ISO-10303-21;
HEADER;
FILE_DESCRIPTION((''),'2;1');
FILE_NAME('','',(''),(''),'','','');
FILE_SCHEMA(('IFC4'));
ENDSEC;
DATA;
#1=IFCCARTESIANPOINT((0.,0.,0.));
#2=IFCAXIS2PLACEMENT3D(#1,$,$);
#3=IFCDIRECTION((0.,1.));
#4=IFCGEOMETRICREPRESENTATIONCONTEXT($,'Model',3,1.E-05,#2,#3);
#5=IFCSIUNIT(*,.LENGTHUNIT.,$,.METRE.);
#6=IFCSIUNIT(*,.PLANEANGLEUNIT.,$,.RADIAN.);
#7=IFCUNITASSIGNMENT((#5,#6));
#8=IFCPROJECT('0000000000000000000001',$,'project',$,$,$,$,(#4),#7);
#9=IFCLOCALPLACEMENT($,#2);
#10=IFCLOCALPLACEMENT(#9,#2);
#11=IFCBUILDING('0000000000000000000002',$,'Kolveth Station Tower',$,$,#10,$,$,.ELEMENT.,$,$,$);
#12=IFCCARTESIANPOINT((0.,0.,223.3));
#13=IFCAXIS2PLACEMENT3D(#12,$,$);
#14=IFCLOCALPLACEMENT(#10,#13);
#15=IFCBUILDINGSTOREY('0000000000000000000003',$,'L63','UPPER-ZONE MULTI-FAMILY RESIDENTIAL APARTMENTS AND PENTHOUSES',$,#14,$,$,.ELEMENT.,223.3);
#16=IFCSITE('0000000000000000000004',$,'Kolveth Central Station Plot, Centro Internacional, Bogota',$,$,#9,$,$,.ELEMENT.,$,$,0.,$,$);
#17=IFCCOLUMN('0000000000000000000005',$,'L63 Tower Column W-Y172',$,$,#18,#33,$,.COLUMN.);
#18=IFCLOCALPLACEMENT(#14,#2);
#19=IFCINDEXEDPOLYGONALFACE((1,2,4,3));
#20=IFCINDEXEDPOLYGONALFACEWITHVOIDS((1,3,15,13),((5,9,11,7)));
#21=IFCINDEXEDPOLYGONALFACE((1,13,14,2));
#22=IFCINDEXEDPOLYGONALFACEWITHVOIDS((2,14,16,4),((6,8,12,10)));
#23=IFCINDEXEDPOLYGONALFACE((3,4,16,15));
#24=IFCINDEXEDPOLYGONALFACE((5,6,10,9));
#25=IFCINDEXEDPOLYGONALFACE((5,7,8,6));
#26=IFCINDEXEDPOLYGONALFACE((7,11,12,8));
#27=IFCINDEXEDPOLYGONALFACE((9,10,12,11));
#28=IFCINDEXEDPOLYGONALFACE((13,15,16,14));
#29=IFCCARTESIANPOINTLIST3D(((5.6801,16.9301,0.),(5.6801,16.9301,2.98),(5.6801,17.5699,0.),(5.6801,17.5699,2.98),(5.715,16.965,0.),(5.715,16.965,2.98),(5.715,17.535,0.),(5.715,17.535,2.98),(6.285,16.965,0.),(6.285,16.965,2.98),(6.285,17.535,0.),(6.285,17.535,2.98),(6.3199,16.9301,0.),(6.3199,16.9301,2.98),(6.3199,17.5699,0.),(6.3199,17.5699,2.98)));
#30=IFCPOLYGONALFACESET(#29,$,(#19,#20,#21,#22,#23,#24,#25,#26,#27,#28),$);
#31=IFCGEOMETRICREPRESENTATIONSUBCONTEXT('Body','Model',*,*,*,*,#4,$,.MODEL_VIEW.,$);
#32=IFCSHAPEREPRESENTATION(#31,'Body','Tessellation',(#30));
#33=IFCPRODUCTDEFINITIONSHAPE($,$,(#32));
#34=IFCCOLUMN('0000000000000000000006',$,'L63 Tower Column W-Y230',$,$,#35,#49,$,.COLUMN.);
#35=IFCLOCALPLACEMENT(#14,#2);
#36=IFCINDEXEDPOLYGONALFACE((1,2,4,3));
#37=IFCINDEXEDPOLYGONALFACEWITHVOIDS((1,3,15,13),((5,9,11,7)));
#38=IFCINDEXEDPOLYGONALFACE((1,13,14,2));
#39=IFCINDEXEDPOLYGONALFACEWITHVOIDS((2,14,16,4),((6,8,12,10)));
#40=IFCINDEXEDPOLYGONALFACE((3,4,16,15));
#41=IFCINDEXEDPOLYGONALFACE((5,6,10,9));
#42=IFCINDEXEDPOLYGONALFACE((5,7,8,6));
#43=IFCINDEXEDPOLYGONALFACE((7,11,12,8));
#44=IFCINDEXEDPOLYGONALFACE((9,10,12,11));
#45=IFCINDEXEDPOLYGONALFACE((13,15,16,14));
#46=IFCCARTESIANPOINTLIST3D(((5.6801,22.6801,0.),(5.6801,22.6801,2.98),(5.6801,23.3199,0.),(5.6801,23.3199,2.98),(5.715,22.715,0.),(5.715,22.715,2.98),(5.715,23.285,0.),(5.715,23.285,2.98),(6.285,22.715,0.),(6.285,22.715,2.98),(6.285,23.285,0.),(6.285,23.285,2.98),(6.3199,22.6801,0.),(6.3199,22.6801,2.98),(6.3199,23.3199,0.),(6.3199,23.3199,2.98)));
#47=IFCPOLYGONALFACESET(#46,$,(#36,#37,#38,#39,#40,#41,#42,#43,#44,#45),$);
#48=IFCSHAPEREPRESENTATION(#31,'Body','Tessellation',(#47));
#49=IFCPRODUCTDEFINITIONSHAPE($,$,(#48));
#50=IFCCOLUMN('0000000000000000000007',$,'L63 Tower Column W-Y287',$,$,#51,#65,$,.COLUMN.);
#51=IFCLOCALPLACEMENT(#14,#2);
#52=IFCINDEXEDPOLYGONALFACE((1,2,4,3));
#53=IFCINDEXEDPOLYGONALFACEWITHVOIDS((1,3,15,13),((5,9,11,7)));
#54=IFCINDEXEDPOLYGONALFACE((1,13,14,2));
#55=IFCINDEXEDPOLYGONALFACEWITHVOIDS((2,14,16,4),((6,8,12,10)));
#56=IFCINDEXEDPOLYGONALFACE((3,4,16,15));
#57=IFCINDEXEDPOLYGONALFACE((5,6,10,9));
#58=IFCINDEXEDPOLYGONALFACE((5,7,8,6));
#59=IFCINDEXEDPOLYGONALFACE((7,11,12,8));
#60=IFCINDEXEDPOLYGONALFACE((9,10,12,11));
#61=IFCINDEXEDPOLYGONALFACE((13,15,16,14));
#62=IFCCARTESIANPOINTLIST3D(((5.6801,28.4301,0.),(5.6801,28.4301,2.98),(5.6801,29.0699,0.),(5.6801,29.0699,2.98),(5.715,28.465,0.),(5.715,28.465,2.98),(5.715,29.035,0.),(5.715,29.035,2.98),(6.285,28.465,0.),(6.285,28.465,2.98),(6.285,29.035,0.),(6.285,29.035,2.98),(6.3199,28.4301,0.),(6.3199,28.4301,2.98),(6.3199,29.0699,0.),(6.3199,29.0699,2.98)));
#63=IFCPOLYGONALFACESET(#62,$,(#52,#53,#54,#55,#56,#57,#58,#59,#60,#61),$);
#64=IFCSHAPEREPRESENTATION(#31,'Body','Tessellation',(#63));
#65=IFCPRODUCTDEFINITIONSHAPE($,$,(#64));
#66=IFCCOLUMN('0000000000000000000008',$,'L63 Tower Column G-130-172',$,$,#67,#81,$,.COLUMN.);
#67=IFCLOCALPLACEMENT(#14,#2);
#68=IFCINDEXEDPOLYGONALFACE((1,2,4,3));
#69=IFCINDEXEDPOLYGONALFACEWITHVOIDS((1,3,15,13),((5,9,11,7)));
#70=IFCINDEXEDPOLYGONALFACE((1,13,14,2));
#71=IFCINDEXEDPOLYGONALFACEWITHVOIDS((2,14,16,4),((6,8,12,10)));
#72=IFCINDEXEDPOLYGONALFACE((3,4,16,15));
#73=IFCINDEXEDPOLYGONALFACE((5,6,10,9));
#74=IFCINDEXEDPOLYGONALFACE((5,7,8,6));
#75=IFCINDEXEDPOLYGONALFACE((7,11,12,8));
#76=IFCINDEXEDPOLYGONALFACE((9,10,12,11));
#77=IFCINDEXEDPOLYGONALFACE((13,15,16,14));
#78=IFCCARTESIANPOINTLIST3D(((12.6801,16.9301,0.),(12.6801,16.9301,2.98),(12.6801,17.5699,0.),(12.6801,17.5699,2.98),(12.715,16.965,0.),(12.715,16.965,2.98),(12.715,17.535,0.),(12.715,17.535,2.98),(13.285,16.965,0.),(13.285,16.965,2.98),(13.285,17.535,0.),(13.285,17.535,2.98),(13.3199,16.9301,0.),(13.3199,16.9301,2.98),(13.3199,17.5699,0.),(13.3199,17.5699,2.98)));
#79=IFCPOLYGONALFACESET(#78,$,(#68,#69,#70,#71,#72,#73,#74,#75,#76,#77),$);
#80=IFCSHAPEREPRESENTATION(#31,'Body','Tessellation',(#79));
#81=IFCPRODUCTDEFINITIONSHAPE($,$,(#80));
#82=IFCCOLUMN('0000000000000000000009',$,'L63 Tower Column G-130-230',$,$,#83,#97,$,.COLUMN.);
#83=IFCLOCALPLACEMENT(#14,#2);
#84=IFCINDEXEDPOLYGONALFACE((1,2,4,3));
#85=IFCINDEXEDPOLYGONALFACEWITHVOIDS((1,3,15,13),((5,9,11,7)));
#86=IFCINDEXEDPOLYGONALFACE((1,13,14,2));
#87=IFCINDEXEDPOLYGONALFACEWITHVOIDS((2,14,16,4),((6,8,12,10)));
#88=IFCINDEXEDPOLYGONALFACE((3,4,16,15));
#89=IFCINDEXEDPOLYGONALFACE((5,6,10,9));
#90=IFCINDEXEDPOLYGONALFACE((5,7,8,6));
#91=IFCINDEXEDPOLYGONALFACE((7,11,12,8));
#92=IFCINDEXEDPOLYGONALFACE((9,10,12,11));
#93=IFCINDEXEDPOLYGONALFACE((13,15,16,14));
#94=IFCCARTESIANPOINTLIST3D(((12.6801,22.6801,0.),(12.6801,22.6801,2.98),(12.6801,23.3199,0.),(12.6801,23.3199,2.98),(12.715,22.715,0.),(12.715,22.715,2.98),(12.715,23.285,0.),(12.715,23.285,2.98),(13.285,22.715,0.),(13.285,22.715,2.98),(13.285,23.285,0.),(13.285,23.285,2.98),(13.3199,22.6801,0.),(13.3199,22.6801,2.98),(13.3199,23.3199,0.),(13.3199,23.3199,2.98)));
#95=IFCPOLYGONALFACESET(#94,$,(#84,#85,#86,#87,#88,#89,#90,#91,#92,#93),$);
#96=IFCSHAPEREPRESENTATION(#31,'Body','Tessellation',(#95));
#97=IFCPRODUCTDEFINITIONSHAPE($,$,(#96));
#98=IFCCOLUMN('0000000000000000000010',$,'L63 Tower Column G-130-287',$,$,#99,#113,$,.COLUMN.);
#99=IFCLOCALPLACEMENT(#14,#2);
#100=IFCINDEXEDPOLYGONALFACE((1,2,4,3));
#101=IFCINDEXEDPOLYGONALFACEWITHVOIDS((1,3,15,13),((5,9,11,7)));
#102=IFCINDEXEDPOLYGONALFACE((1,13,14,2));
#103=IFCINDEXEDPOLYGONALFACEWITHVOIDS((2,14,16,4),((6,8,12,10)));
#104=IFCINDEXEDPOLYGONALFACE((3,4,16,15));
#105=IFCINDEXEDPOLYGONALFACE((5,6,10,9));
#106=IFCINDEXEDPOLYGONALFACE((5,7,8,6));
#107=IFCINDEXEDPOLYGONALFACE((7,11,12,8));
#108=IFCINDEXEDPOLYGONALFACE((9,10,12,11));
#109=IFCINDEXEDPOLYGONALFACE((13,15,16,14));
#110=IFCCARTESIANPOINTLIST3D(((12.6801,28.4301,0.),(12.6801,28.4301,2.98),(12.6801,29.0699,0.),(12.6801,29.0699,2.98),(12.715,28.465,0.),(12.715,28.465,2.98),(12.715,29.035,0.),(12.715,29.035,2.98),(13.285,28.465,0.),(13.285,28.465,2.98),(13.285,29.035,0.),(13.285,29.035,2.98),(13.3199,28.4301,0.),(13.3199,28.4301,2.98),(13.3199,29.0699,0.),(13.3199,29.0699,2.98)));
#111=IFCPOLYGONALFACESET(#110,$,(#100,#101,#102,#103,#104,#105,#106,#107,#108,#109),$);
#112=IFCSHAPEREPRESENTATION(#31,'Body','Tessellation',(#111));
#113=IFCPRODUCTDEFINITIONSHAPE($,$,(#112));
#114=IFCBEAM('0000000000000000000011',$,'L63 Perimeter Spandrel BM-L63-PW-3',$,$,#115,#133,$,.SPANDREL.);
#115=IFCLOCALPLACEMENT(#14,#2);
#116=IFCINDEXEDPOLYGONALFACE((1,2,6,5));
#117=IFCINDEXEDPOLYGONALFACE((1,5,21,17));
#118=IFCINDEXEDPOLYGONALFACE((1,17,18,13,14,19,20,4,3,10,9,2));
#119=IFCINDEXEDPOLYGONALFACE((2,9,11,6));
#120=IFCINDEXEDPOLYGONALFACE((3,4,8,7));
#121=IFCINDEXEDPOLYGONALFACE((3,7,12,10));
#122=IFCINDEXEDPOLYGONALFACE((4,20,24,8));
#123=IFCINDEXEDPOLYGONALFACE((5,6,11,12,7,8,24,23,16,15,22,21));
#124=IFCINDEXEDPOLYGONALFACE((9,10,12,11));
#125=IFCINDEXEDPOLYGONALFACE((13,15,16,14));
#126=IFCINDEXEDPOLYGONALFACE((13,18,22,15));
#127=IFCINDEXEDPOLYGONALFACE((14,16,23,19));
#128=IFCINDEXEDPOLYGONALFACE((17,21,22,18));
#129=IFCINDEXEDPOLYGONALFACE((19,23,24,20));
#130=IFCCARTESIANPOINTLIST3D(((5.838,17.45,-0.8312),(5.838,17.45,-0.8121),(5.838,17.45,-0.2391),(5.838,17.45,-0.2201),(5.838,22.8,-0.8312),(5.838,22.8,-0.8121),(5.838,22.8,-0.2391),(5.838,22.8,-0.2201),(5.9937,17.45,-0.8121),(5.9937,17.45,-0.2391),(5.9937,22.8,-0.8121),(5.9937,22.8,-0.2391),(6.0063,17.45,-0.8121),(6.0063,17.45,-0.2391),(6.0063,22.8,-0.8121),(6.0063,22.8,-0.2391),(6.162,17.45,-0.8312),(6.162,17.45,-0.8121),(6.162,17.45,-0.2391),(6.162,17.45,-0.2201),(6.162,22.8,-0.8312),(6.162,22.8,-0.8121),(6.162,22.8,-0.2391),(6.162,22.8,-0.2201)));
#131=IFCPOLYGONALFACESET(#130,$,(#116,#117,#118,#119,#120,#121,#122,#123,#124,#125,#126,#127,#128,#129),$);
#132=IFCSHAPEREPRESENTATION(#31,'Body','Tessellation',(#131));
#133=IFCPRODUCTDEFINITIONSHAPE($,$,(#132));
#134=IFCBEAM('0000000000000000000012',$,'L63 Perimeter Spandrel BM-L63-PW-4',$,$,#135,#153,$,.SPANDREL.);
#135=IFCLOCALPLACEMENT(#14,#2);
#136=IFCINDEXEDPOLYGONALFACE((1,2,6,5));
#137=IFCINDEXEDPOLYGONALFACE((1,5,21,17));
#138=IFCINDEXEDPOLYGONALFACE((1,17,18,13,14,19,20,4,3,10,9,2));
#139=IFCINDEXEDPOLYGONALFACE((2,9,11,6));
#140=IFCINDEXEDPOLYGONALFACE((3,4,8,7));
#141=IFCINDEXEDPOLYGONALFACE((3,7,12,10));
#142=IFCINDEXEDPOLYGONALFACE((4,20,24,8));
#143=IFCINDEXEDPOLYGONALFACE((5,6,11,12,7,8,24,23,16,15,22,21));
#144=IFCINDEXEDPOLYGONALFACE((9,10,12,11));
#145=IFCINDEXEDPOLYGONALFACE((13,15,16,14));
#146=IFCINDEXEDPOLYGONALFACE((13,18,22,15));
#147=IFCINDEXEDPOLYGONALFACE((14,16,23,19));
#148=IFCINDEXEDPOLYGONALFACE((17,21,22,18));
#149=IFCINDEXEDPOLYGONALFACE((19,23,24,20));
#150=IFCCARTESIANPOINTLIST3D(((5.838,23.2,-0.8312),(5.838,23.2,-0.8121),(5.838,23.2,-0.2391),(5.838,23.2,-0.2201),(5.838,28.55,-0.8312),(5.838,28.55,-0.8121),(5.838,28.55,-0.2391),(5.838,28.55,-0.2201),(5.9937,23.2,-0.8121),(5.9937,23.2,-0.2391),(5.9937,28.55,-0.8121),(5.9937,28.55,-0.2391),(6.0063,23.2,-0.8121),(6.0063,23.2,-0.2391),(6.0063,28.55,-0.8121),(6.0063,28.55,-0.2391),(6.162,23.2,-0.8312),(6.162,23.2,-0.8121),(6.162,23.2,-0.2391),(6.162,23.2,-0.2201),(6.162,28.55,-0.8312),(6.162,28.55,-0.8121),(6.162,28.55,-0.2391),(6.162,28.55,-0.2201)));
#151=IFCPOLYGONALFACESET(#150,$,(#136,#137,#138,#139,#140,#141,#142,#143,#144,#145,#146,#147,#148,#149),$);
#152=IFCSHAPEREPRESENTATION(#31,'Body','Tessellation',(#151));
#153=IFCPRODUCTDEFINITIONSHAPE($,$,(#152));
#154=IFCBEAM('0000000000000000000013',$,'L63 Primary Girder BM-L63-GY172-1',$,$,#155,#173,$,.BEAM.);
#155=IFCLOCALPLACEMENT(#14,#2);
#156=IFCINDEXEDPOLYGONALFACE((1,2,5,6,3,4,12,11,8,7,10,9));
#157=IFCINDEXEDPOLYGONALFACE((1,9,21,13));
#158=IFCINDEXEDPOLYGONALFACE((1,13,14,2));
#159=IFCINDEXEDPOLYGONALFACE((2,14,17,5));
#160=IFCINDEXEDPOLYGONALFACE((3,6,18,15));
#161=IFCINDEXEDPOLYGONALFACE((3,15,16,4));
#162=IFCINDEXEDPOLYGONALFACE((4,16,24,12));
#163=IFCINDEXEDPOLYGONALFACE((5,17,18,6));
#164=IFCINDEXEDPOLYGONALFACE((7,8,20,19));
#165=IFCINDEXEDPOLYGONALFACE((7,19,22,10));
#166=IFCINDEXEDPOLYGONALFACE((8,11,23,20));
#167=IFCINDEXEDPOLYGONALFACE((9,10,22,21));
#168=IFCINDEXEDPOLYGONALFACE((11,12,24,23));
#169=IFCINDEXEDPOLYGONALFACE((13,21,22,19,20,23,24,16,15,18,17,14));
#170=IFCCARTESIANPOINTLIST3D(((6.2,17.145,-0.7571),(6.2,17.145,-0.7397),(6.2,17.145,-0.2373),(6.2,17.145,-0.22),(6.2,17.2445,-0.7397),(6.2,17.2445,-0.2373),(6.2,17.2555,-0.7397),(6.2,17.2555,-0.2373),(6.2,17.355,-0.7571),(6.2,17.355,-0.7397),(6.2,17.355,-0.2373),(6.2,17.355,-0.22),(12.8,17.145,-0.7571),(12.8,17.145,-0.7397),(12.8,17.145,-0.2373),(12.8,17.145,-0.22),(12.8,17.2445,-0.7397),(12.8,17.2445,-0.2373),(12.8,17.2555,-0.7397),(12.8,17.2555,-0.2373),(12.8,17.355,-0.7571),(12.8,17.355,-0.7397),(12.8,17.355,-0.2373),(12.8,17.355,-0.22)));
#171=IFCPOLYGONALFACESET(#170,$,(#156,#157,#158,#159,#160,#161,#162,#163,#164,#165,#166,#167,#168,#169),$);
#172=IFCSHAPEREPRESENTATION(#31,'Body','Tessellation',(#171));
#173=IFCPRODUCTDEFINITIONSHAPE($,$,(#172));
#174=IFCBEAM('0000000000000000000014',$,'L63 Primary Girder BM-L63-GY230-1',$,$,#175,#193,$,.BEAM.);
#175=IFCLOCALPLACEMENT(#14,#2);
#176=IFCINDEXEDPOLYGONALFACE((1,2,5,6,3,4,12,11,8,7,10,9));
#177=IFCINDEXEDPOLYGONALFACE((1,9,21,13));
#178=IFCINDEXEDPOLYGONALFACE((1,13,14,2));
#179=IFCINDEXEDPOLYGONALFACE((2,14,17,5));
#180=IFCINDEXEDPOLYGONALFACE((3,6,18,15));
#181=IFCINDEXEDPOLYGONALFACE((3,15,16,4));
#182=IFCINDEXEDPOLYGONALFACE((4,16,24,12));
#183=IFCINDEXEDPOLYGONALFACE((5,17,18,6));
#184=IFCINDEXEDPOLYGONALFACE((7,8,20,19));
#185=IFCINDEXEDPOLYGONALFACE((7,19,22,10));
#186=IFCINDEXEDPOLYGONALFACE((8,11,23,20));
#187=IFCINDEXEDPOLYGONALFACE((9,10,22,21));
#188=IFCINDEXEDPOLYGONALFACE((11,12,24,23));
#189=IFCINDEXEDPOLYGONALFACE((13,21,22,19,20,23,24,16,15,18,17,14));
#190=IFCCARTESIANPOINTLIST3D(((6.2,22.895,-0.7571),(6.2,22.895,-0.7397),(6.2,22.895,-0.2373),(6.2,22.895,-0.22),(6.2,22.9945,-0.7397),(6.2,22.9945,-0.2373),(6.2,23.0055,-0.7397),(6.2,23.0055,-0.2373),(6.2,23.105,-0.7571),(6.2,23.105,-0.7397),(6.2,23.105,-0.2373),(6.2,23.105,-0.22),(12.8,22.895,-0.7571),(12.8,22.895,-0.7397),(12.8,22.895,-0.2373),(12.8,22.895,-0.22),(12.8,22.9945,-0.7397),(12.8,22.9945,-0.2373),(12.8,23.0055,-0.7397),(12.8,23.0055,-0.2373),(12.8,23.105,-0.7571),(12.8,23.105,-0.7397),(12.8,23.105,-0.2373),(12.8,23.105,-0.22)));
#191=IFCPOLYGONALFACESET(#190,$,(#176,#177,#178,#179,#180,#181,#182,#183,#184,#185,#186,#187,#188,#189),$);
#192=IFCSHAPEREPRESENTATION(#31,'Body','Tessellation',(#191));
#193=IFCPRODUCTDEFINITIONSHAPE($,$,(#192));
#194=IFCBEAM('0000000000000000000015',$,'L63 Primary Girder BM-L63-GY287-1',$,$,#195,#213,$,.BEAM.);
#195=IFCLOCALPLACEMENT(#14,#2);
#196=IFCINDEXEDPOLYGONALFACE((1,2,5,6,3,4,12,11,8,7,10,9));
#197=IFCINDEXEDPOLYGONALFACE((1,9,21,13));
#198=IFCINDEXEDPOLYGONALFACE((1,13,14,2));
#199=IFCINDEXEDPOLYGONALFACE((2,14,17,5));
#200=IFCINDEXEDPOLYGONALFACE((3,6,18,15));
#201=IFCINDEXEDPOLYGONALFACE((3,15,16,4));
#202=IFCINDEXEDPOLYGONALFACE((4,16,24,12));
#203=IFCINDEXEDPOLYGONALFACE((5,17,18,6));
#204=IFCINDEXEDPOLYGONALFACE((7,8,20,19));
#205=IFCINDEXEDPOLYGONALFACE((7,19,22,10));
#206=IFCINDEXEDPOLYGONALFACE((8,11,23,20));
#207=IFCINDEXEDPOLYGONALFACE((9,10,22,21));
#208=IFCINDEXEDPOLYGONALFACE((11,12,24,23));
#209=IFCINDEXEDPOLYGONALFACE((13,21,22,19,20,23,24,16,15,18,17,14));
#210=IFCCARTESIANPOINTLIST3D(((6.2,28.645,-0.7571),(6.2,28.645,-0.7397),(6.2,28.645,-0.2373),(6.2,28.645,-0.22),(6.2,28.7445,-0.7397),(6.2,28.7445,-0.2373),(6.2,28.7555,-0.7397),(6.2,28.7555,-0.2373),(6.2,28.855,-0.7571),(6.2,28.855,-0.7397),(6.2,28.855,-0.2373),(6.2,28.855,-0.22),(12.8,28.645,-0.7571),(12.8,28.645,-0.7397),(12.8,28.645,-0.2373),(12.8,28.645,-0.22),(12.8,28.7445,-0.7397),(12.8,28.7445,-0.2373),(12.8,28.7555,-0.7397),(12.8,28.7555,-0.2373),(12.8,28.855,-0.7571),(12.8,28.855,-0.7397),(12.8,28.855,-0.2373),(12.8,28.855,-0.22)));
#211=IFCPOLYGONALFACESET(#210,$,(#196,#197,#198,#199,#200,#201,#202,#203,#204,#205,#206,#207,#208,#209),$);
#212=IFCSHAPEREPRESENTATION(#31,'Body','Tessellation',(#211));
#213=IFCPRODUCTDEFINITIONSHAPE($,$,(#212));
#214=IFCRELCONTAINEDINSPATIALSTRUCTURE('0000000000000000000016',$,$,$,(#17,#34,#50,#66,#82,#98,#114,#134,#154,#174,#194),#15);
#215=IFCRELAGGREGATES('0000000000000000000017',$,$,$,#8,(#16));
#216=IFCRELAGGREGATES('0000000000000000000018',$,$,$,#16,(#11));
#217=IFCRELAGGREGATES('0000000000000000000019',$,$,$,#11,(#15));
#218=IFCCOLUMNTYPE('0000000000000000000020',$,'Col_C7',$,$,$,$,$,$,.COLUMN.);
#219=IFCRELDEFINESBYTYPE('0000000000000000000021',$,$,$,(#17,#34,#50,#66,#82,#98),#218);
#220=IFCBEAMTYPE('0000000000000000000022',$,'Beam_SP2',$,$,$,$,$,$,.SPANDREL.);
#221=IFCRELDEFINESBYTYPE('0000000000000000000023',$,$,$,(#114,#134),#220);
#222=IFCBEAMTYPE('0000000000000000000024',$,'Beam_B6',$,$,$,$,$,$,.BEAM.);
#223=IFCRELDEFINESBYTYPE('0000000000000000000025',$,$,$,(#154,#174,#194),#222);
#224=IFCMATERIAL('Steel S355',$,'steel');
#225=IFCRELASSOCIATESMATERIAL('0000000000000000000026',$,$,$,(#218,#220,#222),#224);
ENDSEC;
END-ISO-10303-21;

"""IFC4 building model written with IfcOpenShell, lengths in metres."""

from ifc_helpers import new_model, si_unit, direction, frame, origin, origin_2d, place, context, subcontext, project, spatial, hollow_rectangle, i_section, extrude, source, transform, mapped, material, material_profile, profile_set, type_object, element, save


model = new_model("IFC4")

# Units and contexts
model_context = context("Model", 3, precision=1e-05, world=origin(), true_north=direction((0.0, 1.0)))
body_context = subcontext(model_context, "Body", "Model", "MODEL_VIEW")
ifc_project = project(units=[si_unit("LENGTHUNIT", "METRE"), si_unit("PLANEANGLEUNIT", "RADIAN")], contexts=[model_context])

# Site, building, storey
site_placement = place(None, origin())
site = spatial("IfcSite", under=ifc_project, at=site_placement, Name="Kolveth Central Station Plot, Centro Internacional, Bogota", CompositionType="ELEMENT", RefElevation=0.0)
building_placement = place(site_placement, origin())
building = spatial("IfcBuilding", under=site, at=building_placement, Name="Kolveth Station Tower", CompositionType="ELEMENT")
storey_placement = place(building_placement, frame((0.0, 0.0, 223.3)))
storey = spatial("IfcBuildingStorey", under=building, at=storey_placement, Name="L63", Description="UPPER-ZONE MULTI-FAMILY RESIDENTIAL APARTMENTS AND PENTHOUSES", CompositionType="ELEMENT", Elevation=223.3)

# Columns
ifc_material_1 = material(Name="Steel S355", Category="steel")
ifc_material_profile_1 = material_profile(ifc_material_1, hollow_rectangle(XDim=0.6399, YDim=0.6399, WallThickness=0.0349, at=origin_2d()), Name="BOX640x640x35")
ifc_profile_set_1 = profile_set([ifc_material_profile_1], Name="Steel S355")
column_type = type_object("IfcColumnType", Name="Col_C7", PredefinedType="COLUMN", material=ifc_profile_set_1)
shared_shape_1 = source(origin(), body_context, "Body", "SweptSolid", [
    extrude(hollow_rectangle(XDim=0.6399, YDim=0.6399, WallThickness=0.0349, at=origin_2d()), origin(), (0.0, 0.0, 1.0), 2.98),
])
for number, where, z_axis, x_axis, name in (
    (1, (6.0, 17.25, 0.0), (0.0, 0.0, 1.0), (1.0, 0.0, 0.0), "L63 Tower Column W-Y172"),
    (2, (6.0, 23.0, 0.0), (0.0, 0.0, 1.0), (1.0, 0.0, 0.0), "L63 Tower Column W-Y230"),
    (3, (6.0, 28.75, 0.0), (0.0, 0.0, 1.0), (1.0, 0.0, 0.0), "L63 Tower Column W-Y287"),
    (4, (13.0, 17.25, 0.0), (0.0, 0.0, 1.0), (1.0, 0.0, 0.0), "L63 Tower Column G-130-172"),
    (5, (13.0, 23.0, 0.0), (0.0, 0.0, 1.0), (1.0, 0.0, 0.0), "L63 Tower Column G-130-230"),
    (6, (13.0, 28.75, 0.0), (0.0, 0.0, 1.0), (1.0, 0.0, 0.0), "L63 Tower Column G-130-287"),
):
    element("IfcColumn", number, at=place(storey_placement, frame(where, z_axis=z_axis, x_axis=x_axis)), inside=storey, type_object=column_type, Name=name, PredefinedType="COLUMN", context=body_context, shape_type="MappedRepresentation", body=[
        mapped(shared_shape_1, transform((0.0, 0.0, 0.0), x_axis=(1.0, 0.0, 0.0), y_axis=(0.0, 1.0, 0.0), z_axis=(0.0, 0.0, 1.0), scale=1.0)),
    ])

# Beams
ifc_material_profile_2 = material_profile(ifc_material_1, i_section(OverallWidth=0.324, OverallDepth=0.6111, WebThickness=0.0127, FlangeThickness=0.019, at=origin_2d()), Name="W610x155")
ifc_profile_set_2 = profile_set([ifc_material_profile_2], Name="Steel S355")
beam_type_1 = type_object("IfcBeamType", Name="Beam_SP2", PredefinedType="SPANDREL", material=ifc_profile_set_2)
shared_shape_2 = source(origin(), body_context, "Body", "SweptSolid", [
    extrude(i_section(OverallWidth=0.324, OverallDepth=0.6111, WebThickness=0.0127, FlangeThickness=0.019, at=origin_2d()), origin(), (0.0, 0.0, 1.0), 5.3501),
])
for number, where, z_axis, x_axis, name in (
    (7, (6.0, 17.45, -0.5256), (0.0, 1.0, 0.0), (-1.0, 0.0, 0.0), "L63 Perimeter Spandrel BM-L63-PW-3"),
    (8, (6.0, 23.2, -0.5256), (0.0, 1.0, 0.0), (-1.0, 0.0, 0.0), "L63 Perimeter Spandrel BM-L63-PW-4"),
):
    element("IfcBeam", number, at=place(storey_placement, frame(where, z_axis=z_axis, x_axis=x_axis)), inside=storey, type_object=beam_type_1, Name=name, PredefinedType="SPANDREL", context=body_context, shape_type="MappedRepresentation", body=[
        mapped(shared_shape_2, transform((0.0, 0.0, 0.0), x_axis=(1.0, 0.0, 0.0), y_axis=(0.0, 1.0, 0.0), z_axis=(0.0, 0.0, 1.0), scale=1.0)),
    ])
ifc_material_profile_3 = material_profile(ifc_material_1, i_section(OverallWidth=0.21, OverallDepth=0.5371, WebThickness=0.011, FlangeThickness=0.0173, at=origin_2d()), Name="W530x101")
ifc_profile_set_3 = profile_set([ifc_material_profile_3], Name="Steel S355")
beam_type_2 = type_object("IfcBeamType", Name="Beam_B6", PredefinedType="BEAM", material=ifc_profile_set_3)
shared_shape_3 = source(origin(), body_context, "Body", "SweptSolid", [
    extrude(i_section(OverallWidth=0.21, OverallDepth=0.5371, WebThickness=0.011, FlangeThickness=0.0173, at=origin_2d()), origin(), (0.0, 0.0, 1.0), 6.6001),
])
for number, where, z_axis, x_axis, name in (
    (9, (6.2, 17.25, -0.4885), (1.0, 0.0, 0.0), (0.0, 1.0, 0.0), "L63 Primary Girder BM-L63-GY172-1"),
    (10, (6.2, 23.0, -0.4885), (1.0, 0.0, 0.0), (0.0, 1.0, 0.0), "L63 Primary Girder BM-L63-GY230-1"),
    (11, (6.2, 28.75, -0.4885), (1.0, 0.0, 0.0), (0.0, 1.0, 0.0), "L63 Primary Girder BM-L63-GY287-1"),
):
    element("IfcBeam", number, at=place(storey_placement, frame(where, z_axis=z_axis, x_axis=x_axis)), inside=storey, type_object=beam_type_2, Name=name, PredefinedType="BEAM", context=body_context, shape_type="MappedRepresentation", body=[
        mapped(shared_shape_3, transform((0.0, 0.0, 0.0), x_axis=(1.0, 0.0, 0.0), y_axis=(0.0, 1.0, 0.0), z_axis=(0.0, 0.0, 1.0), scale=1.0)),
    ])

save(model, "model.ifc")
